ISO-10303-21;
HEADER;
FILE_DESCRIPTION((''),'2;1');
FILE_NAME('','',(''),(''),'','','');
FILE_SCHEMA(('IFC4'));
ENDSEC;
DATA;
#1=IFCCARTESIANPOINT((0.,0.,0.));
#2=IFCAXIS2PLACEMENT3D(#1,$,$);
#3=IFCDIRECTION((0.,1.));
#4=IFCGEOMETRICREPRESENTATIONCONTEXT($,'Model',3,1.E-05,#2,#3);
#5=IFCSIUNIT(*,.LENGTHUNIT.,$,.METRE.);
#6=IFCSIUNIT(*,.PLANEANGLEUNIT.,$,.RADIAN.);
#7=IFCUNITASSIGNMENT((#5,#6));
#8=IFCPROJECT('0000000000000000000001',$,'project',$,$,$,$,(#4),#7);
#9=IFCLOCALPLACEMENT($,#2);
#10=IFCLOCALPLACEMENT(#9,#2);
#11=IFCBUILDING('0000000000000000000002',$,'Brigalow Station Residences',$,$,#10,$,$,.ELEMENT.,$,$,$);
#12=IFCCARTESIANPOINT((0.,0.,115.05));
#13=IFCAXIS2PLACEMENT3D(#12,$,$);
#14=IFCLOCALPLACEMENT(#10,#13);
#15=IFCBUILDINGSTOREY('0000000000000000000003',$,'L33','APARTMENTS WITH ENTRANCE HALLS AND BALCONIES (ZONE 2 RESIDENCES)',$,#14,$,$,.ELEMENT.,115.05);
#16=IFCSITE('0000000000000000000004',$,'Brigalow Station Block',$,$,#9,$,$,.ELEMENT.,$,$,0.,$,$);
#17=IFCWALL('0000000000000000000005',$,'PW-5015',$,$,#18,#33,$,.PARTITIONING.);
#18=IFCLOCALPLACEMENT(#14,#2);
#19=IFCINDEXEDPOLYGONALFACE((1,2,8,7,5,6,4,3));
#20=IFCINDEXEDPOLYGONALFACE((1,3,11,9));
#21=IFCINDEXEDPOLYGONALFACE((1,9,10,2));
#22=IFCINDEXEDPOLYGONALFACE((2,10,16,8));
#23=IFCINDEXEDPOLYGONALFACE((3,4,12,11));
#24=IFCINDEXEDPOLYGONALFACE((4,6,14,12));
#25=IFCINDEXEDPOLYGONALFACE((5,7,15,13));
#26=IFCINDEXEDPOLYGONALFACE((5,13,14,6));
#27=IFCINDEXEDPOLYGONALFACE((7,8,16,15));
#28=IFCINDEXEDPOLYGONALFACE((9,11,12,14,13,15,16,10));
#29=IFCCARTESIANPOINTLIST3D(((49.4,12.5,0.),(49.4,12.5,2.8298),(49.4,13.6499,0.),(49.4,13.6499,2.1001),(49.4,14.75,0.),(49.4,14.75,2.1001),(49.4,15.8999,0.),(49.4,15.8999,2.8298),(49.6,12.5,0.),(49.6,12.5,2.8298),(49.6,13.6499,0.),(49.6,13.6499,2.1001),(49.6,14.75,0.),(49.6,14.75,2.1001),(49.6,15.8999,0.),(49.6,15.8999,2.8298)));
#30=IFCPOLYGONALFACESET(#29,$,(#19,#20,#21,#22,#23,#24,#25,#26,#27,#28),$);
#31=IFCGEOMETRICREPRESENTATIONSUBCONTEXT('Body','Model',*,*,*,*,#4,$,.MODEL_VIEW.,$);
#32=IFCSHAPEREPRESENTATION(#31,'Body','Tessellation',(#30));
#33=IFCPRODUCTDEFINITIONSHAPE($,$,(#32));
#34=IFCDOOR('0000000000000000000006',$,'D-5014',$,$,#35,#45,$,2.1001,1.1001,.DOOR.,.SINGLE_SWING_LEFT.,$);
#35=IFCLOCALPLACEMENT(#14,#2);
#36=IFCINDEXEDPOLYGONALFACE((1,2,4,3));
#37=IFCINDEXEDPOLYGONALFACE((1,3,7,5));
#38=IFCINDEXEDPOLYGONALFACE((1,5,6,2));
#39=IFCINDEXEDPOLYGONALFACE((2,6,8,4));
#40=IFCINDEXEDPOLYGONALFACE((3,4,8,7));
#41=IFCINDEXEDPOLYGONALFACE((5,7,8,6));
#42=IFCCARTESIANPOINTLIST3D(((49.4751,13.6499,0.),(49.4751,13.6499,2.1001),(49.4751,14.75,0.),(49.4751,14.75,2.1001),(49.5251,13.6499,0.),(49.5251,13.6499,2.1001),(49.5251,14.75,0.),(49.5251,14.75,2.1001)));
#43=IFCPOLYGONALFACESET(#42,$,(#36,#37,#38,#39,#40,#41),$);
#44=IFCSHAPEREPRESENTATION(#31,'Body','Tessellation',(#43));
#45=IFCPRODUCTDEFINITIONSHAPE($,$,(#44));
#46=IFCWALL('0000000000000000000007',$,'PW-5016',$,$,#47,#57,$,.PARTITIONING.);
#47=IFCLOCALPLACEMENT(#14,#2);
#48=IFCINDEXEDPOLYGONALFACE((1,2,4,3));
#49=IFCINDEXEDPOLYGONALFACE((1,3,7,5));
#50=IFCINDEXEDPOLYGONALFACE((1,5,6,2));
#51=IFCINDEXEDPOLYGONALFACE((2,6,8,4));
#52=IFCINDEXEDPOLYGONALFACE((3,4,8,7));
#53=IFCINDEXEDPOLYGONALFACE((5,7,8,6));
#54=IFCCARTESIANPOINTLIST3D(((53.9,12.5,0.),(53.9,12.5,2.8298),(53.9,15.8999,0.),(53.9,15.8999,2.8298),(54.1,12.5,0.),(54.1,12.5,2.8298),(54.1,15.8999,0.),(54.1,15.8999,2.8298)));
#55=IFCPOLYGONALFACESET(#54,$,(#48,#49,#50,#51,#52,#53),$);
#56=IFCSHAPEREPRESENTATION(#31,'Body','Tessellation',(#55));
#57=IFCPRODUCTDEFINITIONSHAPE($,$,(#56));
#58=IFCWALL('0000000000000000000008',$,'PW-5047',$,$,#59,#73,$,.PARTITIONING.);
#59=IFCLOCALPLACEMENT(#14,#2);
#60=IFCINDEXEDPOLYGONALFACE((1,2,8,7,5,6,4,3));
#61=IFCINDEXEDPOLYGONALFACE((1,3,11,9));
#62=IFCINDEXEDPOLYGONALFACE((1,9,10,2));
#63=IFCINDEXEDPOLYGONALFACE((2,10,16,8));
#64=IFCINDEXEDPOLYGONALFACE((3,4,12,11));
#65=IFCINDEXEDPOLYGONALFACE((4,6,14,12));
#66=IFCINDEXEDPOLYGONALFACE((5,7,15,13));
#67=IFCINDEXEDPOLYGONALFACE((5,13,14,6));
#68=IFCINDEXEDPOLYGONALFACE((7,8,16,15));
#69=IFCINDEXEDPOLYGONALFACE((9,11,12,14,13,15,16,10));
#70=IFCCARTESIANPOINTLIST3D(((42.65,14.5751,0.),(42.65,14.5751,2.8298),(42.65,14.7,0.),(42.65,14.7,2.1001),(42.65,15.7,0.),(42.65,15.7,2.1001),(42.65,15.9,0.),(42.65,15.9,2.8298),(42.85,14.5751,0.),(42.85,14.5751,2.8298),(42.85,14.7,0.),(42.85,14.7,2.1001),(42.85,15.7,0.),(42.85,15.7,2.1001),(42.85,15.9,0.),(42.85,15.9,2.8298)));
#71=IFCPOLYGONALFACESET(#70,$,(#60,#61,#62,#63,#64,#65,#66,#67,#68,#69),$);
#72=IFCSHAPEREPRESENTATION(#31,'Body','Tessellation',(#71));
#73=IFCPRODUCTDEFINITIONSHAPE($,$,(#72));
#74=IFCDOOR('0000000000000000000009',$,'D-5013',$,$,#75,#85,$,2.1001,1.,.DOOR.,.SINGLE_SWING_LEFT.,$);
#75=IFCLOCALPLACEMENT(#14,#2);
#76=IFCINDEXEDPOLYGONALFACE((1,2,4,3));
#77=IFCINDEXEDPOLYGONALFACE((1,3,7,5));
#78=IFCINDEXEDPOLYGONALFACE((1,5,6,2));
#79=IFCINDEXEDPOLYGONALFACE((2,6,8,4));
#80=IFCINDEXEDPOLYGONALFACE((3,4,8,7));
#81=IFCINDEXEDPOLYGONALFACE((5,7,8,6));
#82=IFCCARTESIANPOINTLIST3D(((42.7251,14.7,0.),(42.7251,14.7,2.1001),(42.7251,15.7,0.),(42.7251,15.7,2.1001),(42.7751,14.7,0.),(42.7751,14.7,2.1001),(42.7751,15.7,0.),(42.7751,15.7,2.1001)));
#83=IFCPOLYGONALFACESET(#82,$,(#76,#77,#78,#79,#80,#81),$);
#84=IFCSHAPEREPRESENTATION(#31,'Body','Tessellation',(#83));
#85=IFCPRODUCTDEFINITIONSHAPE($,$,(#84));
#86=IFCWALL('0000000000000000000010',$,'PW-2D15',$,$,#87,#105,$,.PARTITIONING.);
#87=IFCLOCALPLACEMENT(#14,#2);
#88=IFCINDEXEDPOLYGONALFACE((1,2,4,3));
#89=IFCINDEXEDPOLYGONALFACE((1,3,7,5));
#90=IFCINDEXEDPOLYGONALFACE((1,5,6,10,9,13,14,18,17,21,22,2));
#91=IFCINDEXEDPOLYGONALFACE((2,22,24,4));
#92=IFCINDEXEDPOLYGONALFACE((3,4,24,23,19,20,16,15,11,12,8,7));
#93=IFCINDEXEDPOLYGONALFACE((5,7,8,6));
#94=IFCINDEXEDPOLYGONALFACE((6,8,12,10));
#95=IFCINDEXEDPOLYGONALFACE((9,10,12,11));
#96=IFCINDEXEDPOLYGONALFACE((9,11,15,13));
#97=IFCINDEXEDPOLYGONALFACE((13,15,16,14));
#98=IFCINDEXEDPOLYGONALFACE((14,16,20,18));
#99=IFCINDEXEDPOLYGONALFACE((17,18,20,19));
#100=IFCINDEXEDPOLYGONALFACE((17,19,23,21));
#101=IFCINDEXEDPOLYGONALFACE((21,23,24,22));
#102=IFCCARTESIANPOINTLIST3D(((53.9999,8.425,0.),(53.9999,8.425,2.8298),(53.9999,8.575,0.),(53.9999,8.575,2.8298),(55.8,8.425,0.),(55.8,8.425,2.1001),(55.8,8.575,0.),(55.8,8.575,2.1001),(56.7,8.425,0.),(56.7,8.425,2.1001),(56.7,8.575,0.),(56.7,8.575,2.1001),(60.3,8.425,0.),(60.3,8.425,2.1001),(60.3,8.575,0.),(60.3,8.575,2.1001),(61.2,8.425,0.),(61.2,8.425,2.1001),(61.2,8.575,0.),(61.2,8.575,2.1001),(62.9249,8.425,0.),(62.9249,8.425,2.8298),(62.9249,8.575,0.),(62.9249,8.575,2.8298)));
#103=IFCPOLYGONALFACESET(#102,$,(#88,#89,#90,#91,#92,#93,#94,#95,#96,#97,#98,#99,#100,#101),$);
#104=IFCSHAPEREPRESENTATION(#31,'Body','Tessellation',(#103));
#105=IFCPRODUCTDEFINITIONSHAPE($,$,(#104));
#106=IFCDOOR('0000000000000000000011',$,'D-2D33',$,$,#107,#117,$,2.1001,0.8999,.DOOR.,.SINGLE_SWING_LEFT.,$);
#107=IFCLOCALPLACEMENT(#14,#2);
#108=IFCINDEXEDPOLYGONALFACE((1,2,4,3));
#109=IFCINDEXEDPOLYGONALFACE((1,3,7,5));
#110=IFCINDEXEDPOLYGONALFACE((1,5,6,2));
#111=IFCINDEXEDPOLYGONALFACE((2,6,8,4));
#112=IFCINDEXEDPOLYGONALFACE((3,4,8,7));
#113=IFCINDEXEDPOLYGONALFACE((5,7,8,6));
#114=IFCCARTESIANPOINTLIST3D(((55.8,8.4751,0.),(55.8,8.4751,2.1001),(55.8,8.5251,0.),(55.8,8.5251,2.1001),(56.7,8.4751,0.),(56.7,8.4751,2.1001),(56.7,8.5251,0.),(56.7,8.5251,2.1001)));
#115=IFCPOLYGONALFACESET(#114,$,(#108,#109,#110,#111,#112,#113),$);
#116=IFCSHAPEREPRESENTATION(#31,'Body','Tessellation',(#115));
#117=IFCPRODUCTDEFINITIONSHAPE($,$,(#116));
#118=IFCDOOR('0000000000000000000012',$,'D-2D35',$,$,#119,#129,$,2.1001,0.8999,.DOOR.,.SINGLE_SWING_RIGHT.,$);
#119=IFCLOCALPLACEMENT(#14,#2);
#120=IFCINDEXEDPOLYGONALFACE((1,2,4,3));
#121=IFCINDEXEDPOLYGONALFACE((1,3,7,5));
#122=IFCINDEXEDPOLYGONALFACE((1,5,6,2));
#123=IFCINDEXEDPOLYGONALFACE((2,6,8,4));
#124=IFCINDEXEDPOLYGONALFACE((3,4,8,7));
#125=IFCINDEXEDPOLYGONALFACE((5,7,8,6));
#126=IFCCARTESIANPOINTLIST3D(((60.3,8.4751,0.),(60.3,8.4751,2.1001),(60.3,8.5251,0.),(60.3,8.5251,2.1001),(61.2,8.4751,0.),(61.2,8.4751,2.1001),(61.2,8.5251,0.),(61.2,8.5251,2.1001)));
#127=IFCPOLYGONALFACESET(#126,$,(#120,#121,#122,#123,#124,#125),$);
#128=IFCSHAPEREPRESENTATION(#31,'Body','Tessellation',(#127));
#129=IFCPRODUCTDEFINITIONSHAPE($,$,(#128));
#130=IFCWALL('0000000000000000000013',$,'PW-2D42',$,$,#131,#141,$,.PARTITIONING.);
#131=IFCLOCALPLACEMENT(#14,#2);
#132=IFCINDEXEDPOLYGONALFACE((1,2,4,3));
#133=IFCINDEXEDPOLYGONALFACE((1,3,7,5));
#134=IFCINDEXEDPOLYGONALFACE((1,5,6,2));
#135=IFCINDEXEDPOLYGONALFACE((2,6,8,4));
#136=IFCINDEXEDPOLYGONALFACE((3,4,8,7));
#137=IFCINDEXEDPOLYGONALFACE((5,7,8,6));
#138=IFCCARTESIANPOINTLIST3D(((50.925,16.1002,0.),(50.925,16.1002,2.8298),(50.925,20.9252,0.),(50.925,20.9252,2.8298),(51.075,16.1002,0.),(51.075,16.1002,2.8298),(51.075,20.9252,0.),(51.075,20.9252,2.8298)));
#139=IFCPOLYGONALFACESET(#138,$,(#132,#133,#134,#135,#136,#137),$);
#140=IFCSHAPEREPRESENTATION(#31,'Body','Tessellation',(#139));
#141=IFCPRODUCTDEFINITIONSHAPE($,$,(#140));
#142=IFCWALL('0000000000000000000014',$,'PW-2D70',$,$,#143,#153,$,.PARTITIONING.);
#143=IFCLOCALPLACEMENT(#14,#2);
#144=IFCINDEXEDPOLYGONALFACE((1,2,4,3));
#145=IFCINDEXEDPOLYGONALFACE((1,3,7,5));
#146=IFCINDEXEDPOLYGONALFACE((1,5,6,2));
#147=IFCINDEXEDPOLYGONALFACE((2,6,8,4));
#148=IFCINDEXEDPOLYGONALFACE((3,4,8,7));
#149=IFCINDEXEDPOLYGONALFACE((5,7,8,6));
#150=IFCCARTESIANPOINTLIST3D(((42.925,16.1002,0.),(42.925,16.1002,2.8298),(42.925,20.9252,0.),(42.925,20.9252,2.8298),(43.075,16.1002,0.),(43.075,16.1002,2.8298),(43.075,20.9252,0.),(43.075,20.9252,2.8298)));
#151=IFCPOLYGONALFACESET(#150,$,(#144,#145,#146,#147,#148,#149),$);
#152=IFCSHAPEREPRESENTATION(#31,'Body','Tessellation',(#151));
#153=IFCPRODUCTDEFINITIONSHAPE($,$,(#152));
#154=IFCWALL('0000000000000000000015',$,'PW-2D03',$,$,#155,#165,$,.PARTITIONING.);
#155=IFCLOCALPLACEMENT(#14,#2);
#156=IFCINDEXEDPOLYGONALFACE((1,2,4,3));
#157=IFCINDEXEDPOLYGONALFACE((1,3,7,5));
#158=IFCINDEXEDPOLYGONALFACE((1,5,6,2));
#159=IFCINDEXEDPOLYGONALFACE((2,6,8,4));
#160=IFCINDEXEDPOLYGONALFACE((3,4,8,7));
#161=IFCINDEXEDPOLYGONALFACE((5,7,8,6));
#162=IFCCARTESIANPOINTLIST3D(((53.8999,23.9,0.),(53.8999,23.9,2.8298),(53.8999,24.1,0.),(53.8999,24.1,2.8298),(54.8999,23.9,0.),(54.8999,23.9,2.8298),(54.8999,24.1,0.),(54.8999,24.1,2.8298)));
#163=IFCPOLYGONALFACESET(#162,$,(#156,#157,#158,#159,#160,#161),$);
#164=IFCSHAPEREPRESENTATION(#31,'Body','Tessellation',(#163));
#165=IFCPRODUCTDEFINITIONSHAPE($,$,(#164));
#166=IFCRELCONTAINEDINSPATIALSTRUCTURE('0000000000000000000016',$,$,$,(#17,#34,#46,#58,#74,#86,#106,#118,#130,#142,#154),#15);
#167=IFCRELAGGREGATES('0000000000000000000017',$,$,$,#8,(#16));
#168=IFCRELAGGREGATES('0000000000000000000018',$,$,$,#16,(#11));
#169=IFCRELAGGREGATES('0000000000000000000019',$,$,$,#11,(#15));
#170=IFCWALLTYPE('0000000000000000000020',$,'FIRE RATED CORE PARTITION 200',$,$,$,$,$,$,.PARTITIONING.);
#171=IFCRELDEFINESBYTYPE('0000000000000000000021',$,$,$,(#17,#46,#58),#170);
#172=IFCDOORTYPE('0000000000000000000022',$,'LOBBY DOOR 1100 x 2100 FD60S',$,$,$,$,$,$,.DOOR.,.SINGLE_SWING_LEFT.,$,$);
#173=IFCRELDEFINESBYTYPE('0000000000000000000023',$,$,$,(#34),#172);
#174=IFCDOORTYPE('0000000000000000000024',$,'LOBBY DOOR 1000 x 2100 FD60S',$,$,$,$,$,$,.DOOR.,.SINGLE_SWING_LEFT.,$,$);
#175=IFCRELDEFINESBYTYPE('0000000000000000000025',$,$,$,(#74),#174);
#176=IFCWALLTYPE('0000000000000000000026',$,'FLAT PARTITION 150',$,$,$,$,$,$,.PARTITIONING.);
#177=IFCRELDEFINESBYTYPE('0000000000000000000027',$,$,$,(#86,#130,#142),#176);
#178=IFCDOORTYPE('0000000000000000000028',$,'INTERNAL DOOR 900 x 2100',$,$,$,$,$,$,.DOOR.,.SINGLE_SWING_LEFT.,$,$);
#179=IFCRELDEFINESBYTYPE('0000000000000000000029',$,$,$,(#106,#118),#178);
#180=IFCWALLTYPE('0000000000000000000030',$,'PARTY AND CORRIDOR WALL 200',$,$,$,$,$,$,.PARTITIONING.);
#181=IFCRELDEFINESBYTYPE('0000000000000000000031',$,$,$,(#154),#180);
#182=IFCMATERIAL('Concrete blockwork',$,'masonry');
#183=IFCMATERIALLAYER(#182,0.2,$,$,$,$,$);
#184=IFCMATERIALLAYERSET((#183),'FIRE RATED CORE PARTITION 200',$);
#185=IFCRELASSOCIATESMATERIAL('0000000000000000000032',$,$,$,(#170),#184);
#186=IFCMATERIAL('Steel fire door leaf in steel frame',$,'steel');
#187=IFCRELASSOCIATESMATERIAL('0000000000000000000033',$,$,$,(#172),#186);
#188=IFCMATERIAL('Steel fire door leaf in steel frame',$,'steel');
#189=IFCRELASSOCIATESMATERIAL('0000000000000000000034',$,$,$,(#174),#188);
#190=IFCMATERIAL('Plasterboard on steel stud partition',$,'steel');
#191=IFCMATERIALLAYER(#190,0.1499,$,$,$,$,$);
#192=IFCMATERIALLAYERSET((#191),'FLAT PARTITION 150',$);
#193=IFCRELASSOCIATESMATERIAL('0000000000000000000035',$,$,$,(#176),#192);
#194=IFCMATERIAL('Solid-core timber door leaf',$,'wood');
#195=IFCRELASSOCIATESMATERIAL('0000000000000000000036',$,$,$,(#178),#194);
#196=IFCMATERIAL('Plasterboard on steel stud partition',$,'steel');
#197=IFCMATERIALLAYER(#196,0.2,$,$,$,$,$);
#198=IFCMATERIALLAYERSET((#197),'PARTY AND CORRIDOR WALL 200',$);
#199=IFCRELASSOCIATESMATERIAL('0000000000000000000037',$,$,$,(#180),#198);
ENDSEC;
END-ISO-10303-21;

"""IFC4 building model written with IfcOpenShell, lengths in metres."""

from ifc_helpers import new_model, si_unit, direction, frame, frame_2d, origin, place, context, subcontext, project, spatial, rectangle, extrude, material, layer, layer_set, type_object, element, fill, save


model = new_model("IFC4")

# Units and contexts
model_context = context("Model", 3, precision=1e-05, world=origin(), true_north=direction((0.0, 1.0)))
body_context = subcontext(model_context, "Body", "Model", "MODEL_VIEW")
ifc_project = project(units=[si_unit("LENGTHUNIT", "METRE"), si_unit("PLANEANGLEUNIT", "RADIAN")], contexts=[model_context])

# Site, building, storey
site_placement = place(None, origin())
site = spatial("IfcSite", under=ifc_project, at=site_placement, Name="Brigalow Station Block", CompositionType="ELEMENT", RefElevation=0.0)
building_placement = place(site_placement, origin())
building = spatial("IfcBuilding", under=site, at=building_placement, Name="Brigalow Station Residences", CompositionType="ELEMENT")
storey_placement = place(building_placement, frame((0.0, 0.0, 115.05)))
storey = spatial("IfcBuildingStorey", under=building, at=storey_placement, Name="L33", Description="APARTMENTS WITH ENTRANCE HALLS AND BALCONIES (ZONE 2 RESIDENCES)", CompositionType="ELEMENT", Elevation=115.05)

# Shared definitions
ifc_material_1 = material(Name="Concrete blockwork", Category="masonry")
ifc_layer_1 = layer(ifc_material_1, 0.2)
ifc_layer_set_1 = layer_set([ifc_layer_1], Name="FIRE RATED CORE PARTITION 200")
wall_type_1 = type_object("IfcWallType", Name="FIRE RATED CORE PARTITION 200", PredefinedType="PARTITIONING", material=ifc_layer_set_1)

# Wall, opening, door
wall_1_placement = place(storey_placement, frame((49.5, 12.5, 0.0), z_axis=(0.0, 0.0, 1.0), x_axis=(0.0, 1.0, 0.0)))
wall_1 = element("IfcWall", 1, at=wall_1_placement, inside=storey, type_object=wall_type_1, Name="PW-5015", PredefinedType="PARTITIONING", context=body_context, shape_type="SweptSolid", body=[
    extrude(rectangle(XDim=3.3999, YDim=0.2, at=frame_2d((1.7, 0.0))), origin(), (0.0, 0.0, 1.0), 2.8298),
])
opening_1_placement = place(wall_1_placement, frame((1.1499, 0.0, 0.0)))
opening_1 = element("IfcOpeningElement", 2, at=opening_1_placement, cuts=wall_1, PredefinedType="OPENING", context=body_context, shape_type="SweptSolid", body=[
    extrude(rectangle(XDim=1.1001, YDim=2.1001, at=frame_2d((0.55, 1.05))), frame((0.0, 0.1099, 0.0), z_axis=(0.0, -1.0, 0.0), x_axis=(1.0, 0.0, 0.0)), (0.0, 0.0, 1.0), 0.22),
])
ifc_material_2 = material(Name="Steel fire door leaf in steel frame", Category="steel")
door_type_1 = type_object("IfcDoorType", Name="LOBBY DOOR 1100 x 2100 FD60S", OperationType="SINGLE_SWING_LEFT", PredefinedType="DOOR", material=ifc_material_2)
door_1_placement = place(opening_1_placement, origin())
door_1 = element("IfcDoor", 3, at=door_1_placement, inside=storey, type_object=door_type_1, Name="D-5014", OperationType="SINGLE_SWING_LEFT", OverallHeight=2.1001, OverallWidth=1.1001, PredefinedType="DOOR", context=body_context, shape_type="SweptSolid", body=[
    extrude(rectangle(XDim=1.1001, YDim=2.1001, at=frame_2d((0.55, 1.05))), frame((0.0, 0.0249, 0.0), z_axis=(0.0, -1.0, 0.0), x_axis=(1.0, 0.0, 0.0)), (0.0, 0.0, 1.0), 0.05),
])
fill(opening_1, door_1)

# Wall
wall_2_placement = place(storey_placement, frame((54.0, 12.5, 0.0), z_axis=(0.0, 0.0, 1.0), x_axis=(0.0, 1.0, 0.0)))
element("IfcWall", 4, at=wall_2_placement, inside=storey, type_object=wall_type_1, Name="PW-5016", PredefinedType="PARTITIONING", context=body_context, shape_type="SweptSolid", body=[
    extrude(rectangle(XDim=3.3999, YDim=0.2, at=frame_2d((1.7, 0.0))), origin(), (0.0, 0.0, 1.0), 2.8298),
])

# Wall, opening, door
wall_3_placement = place(storey_placement, frame((42.75, 14.575, 0.0), z_axis=(0.0, 0.0, 1.0), x_axis=(0.0, 1.0, 0.0)))
wall_3 = element("IfcWall", 5, at=wall_3_placement, inside=storey, type_object=wall_type_1, Name="PW-5047", PredefinedType="PARTITIONING", context=body_context, shape_type="SweptSolid", body=[
    extrude(rectangle(XDim=1.325, YDim=0.2, at=frame_2d((0.6626, 0.0))), origin(), (0.0, 0.0, 1.0), 2.8298),
])
opening_2_placement = place(wall_3_placement, frame((0.125, 0.0, 0.0)))
opening_2 = element("IfcOpeningElement", 6, at=opening_2_placement, cuts=wall_3, PredefinedType="OPENING", context=body_context, shape_type="SweptSolid", body=[
    extrude(rectangle(XDim=1.0, YDim=2.1001, at=frame_2d((0.5, 1.05))), frame((0.0, 0.1099, 0.0), z_axis=(0.0, -1.0, 0.0), x_axis=(1.0, 0.0, 0.0)), (0.0, 0.0, 1.0), 0.22),
])
ifc_material_3 = material(Name="Steel fire door leaf in steel frame", Category="steel")
door_type_2 = type_object("IfcDoorType", Name="LOBBY DOOR 1000 x 2100 FD60S", OperationType="SINGLE_SWING_LEFT", PredefinedType="DOOR", material=ifc_material_3)
door_2_placement = place(opening_2_placement, origin())
door_2 = element("IfcDoor", 7, at=door_2_placement, inside=storey, type_object=door_type_2, Name="D-5013", OperationType="SINGLE_SWING_LEFT", OverallHeight=2.1001, OverallWidth=1.0, PredefinedType="DOOR", context=body_context, shape_type="SweptSolid", body=[
    extrude(rectangle(XDim=1.0, YDim=2.1001, at=frame_2d((0.5, 1.05))), frame((0.0, 0.0249, 0.0), z_axis=(0.0, -1.0, 0.0), x_axis=(1.0, 0.0, 0.0)), (0.0, 0.0, 1.0), 0.05),
])
fill(opening_2, door_2)

# Wall, openings, doors
ifc_material_4 = material(Name="Plasterboard on steel stud partition", Category="steel")
ifc_layer_2 = layer(ifc_material_4, 0.1499)
ifc_layer_set_2 = layer_set([ifc_layer_2], Name="FLAT PARTITION 150")
wall_type_2 = type_object("IfcWallType", Name="FLAT PARTITION 150", PredefinedType="PARTITIONING", material=ifc_layer_set_2)
wall_4_placement = place(storey_placement, frame((54.0, 8.5, 0.0), z_axis=(0.0, 0.0, 1.0), x_axis=(1.0, 0.0, 0.0)))
wall_4 = element("IfcWall", 8, at=wall_4_placement, inside=storey, type_object=wall_type_2, Name="PW-2D15", PredefinedType="PARTITIONING", context=body_context, shape_type="SweptSolid", body=[
    extrude(rectangle(XDim=8.925, YDim=0.1499, at=frame_2d((4.4624, 0.0))), origin(), (0.0, 0.0, 1.0), 2.8298),
])
opening_3_placement = place(wall_4_placement, frame((1.8, 0.0, 0.0)))
opening_3 = element("IfcOpeningElement", 9, at=opening_3_placement, cuts=wall_4, PredefinedType="OPENING", context=body_context, shape_type="SweptSolid", body=[
    extrude(rectangle(XDim=0.8999, YDim=2.1001, at=frame_2d((0.45, 1.05))), frame((0.0, 0.085, 0.0), z_axis=(0.0, -1.0, 0.0), x_axis=(1.0, 0.0, 0.0)), (0.0, 0.0, 1.0), 0.1699),
])
opening_4_placement = place(wall_4_placement, frame((6.3, 0.0, 0.0)))
opening_4 = element("IfcOpeningElement", 10, at=opening_4_placement, cuts=wall_4, PredefinedType="OPENING", context=body_context, shape_type="SweptSolid", body=[
    extrude(rectangle(XDim=0.8999, YDim=2.1001, at=frame_2d((0.45, 1.05))), frame((0.0, 0.085, 0.0), z_axis=(0.0, -1.0, 0.0), x_axis=(1.0, 0.0, 0.0)), (0.0, 0.0, 1.0), 0.1699),
])
ifc_material_5 = material(Name="Solid-core timber door leaf", Category="wood")
door_type_3 = type_object("IfcDoorType", Name="INTERNAL DOOR 900 x 2100", OperationType="SINGLE_SWING_LEFT", PredefinedType="DOOR", material=ifc_material_5)
door_3_placement = place(opening_3_placement, frame((0.8999, 0.0, 0.0), z_axis=(0.0, 0.0, 1.0), x_axis=(-1.0, 0.0, 0.0)))
door_3 = element("IfcDoor", 11, at=door_3_placement, inside=storey, type_object=door_type_3, Name="D-2D33", OperationType="SINGLE_SWING_LEFT", OverallHeight=2.1001, OverallWidth=0.8999, PredefinedType="DOOR", context=body_context, shape_type="SweptSolid", body=[
    extrude(rectangle(XDim=0.8999, YDim=2.1001, at=frame_2d((0.45, 1.05))), frame((0.0, 0.0249, 0.0), z_axis=(0.0, -1.0, 0.0), x_axis=(1.0, 0.0, 0.0)), (0.0, 0.0, 1.0), 0.05),
])
fill(opening_3, door_3)
door_4_placement = place(opening_4_placement, frame((0.8999, 0.0, 0.0), z_axis=(0.0, 0.0, 1.0), x_axis=(-1.0, 0.0, 0.0)))
door_4 = element("IfcDoor", 12, at=door_4_placement, inside=storey, type_object=door_type_3, Name="D-2D35", OperationType="SINGLE_SWING_RIGHT", OverallHeight=2.1001, OverallWidth=0.8999, PredefinedType="DOOR", context=body_context, shape_type="SweptSolid", body=[
    extrude(rectangle(XDim=0.8999, YDim=2.1001, at=frame_2d((0.45, 1.05))), frame((0.0, 0.0249, 0.0), z_axis=(0.0, -1.0, 0.0), x_axis=(1.0, 0.0, 0.0)), (0.0, 0.0, 1.0), 0.05),
])
fill(opening_4, door_4)

# Walls
for number, where, z_axis, x_axis, name in (
    (13, (51.0, 16.1001, 0.0), (0.0, 0.0, 1.0), (0.0, 1.0, 0.0), "PW-2D42"),
    (14, (43.0, 16.1001, 0.0), (0.0, 0.0, 1.0), (0.0, 1.0, 0.0), "PW-2D70"),
):
    element("IfcWall", number, at=place(storey_placement, frame(where, z_axis=z_axis, x_axis=x_axis)), inside=storey, type_object=wall_type_2, Name=name, PredefinedType="PARTITIONING", context=body_context, shape_type="SweptSolid", body=[
        extrude(rectangle(XDim=4.825, YDim=0.1499, at=frame_2d((2.4126, 0.0))), origin(), (0.0, 0.0, 1.0), 2.8298),
    ])
ifc_material_6 = material(Name="Plasterboard on steel stud partition", Category="steel")
ifc_layer_3 = layer(ifc_material_6, 0.2)
ifc_layer_set_3 = layer_set([ifc_layer_3], Name="PARTY AND CORRIDOR WALL 200")
wall_type_3 = type_object("IfcWallType", Name="PARTY AND CORRIDOR WALL 200", PredefinedType="PARTITIONING", material=ifc_layer_set_3)
wall_5_placement = place(storey_placement, frame((53.8999, 24.0, 0.0), z_axis=(0.0, 0.0, 1.0), x_axis=(1.0, 0.0, 0.0)))
element("IfcWall", 15, at=wall_5_placement, inside=storey, type_object=wall_type_3, Name="PW-2D03", PredefinedType="PARTITIONING", context=body_context, shape_type="SweptSolid", body=[
    extrude(rectangle(XDim=1.0, YDim=0.2, at=frame_2d((0.5, 0.0))), origin(), (0.0, 0.0, 1.0), 2.8298),
])

save(model, "model.ifc")
